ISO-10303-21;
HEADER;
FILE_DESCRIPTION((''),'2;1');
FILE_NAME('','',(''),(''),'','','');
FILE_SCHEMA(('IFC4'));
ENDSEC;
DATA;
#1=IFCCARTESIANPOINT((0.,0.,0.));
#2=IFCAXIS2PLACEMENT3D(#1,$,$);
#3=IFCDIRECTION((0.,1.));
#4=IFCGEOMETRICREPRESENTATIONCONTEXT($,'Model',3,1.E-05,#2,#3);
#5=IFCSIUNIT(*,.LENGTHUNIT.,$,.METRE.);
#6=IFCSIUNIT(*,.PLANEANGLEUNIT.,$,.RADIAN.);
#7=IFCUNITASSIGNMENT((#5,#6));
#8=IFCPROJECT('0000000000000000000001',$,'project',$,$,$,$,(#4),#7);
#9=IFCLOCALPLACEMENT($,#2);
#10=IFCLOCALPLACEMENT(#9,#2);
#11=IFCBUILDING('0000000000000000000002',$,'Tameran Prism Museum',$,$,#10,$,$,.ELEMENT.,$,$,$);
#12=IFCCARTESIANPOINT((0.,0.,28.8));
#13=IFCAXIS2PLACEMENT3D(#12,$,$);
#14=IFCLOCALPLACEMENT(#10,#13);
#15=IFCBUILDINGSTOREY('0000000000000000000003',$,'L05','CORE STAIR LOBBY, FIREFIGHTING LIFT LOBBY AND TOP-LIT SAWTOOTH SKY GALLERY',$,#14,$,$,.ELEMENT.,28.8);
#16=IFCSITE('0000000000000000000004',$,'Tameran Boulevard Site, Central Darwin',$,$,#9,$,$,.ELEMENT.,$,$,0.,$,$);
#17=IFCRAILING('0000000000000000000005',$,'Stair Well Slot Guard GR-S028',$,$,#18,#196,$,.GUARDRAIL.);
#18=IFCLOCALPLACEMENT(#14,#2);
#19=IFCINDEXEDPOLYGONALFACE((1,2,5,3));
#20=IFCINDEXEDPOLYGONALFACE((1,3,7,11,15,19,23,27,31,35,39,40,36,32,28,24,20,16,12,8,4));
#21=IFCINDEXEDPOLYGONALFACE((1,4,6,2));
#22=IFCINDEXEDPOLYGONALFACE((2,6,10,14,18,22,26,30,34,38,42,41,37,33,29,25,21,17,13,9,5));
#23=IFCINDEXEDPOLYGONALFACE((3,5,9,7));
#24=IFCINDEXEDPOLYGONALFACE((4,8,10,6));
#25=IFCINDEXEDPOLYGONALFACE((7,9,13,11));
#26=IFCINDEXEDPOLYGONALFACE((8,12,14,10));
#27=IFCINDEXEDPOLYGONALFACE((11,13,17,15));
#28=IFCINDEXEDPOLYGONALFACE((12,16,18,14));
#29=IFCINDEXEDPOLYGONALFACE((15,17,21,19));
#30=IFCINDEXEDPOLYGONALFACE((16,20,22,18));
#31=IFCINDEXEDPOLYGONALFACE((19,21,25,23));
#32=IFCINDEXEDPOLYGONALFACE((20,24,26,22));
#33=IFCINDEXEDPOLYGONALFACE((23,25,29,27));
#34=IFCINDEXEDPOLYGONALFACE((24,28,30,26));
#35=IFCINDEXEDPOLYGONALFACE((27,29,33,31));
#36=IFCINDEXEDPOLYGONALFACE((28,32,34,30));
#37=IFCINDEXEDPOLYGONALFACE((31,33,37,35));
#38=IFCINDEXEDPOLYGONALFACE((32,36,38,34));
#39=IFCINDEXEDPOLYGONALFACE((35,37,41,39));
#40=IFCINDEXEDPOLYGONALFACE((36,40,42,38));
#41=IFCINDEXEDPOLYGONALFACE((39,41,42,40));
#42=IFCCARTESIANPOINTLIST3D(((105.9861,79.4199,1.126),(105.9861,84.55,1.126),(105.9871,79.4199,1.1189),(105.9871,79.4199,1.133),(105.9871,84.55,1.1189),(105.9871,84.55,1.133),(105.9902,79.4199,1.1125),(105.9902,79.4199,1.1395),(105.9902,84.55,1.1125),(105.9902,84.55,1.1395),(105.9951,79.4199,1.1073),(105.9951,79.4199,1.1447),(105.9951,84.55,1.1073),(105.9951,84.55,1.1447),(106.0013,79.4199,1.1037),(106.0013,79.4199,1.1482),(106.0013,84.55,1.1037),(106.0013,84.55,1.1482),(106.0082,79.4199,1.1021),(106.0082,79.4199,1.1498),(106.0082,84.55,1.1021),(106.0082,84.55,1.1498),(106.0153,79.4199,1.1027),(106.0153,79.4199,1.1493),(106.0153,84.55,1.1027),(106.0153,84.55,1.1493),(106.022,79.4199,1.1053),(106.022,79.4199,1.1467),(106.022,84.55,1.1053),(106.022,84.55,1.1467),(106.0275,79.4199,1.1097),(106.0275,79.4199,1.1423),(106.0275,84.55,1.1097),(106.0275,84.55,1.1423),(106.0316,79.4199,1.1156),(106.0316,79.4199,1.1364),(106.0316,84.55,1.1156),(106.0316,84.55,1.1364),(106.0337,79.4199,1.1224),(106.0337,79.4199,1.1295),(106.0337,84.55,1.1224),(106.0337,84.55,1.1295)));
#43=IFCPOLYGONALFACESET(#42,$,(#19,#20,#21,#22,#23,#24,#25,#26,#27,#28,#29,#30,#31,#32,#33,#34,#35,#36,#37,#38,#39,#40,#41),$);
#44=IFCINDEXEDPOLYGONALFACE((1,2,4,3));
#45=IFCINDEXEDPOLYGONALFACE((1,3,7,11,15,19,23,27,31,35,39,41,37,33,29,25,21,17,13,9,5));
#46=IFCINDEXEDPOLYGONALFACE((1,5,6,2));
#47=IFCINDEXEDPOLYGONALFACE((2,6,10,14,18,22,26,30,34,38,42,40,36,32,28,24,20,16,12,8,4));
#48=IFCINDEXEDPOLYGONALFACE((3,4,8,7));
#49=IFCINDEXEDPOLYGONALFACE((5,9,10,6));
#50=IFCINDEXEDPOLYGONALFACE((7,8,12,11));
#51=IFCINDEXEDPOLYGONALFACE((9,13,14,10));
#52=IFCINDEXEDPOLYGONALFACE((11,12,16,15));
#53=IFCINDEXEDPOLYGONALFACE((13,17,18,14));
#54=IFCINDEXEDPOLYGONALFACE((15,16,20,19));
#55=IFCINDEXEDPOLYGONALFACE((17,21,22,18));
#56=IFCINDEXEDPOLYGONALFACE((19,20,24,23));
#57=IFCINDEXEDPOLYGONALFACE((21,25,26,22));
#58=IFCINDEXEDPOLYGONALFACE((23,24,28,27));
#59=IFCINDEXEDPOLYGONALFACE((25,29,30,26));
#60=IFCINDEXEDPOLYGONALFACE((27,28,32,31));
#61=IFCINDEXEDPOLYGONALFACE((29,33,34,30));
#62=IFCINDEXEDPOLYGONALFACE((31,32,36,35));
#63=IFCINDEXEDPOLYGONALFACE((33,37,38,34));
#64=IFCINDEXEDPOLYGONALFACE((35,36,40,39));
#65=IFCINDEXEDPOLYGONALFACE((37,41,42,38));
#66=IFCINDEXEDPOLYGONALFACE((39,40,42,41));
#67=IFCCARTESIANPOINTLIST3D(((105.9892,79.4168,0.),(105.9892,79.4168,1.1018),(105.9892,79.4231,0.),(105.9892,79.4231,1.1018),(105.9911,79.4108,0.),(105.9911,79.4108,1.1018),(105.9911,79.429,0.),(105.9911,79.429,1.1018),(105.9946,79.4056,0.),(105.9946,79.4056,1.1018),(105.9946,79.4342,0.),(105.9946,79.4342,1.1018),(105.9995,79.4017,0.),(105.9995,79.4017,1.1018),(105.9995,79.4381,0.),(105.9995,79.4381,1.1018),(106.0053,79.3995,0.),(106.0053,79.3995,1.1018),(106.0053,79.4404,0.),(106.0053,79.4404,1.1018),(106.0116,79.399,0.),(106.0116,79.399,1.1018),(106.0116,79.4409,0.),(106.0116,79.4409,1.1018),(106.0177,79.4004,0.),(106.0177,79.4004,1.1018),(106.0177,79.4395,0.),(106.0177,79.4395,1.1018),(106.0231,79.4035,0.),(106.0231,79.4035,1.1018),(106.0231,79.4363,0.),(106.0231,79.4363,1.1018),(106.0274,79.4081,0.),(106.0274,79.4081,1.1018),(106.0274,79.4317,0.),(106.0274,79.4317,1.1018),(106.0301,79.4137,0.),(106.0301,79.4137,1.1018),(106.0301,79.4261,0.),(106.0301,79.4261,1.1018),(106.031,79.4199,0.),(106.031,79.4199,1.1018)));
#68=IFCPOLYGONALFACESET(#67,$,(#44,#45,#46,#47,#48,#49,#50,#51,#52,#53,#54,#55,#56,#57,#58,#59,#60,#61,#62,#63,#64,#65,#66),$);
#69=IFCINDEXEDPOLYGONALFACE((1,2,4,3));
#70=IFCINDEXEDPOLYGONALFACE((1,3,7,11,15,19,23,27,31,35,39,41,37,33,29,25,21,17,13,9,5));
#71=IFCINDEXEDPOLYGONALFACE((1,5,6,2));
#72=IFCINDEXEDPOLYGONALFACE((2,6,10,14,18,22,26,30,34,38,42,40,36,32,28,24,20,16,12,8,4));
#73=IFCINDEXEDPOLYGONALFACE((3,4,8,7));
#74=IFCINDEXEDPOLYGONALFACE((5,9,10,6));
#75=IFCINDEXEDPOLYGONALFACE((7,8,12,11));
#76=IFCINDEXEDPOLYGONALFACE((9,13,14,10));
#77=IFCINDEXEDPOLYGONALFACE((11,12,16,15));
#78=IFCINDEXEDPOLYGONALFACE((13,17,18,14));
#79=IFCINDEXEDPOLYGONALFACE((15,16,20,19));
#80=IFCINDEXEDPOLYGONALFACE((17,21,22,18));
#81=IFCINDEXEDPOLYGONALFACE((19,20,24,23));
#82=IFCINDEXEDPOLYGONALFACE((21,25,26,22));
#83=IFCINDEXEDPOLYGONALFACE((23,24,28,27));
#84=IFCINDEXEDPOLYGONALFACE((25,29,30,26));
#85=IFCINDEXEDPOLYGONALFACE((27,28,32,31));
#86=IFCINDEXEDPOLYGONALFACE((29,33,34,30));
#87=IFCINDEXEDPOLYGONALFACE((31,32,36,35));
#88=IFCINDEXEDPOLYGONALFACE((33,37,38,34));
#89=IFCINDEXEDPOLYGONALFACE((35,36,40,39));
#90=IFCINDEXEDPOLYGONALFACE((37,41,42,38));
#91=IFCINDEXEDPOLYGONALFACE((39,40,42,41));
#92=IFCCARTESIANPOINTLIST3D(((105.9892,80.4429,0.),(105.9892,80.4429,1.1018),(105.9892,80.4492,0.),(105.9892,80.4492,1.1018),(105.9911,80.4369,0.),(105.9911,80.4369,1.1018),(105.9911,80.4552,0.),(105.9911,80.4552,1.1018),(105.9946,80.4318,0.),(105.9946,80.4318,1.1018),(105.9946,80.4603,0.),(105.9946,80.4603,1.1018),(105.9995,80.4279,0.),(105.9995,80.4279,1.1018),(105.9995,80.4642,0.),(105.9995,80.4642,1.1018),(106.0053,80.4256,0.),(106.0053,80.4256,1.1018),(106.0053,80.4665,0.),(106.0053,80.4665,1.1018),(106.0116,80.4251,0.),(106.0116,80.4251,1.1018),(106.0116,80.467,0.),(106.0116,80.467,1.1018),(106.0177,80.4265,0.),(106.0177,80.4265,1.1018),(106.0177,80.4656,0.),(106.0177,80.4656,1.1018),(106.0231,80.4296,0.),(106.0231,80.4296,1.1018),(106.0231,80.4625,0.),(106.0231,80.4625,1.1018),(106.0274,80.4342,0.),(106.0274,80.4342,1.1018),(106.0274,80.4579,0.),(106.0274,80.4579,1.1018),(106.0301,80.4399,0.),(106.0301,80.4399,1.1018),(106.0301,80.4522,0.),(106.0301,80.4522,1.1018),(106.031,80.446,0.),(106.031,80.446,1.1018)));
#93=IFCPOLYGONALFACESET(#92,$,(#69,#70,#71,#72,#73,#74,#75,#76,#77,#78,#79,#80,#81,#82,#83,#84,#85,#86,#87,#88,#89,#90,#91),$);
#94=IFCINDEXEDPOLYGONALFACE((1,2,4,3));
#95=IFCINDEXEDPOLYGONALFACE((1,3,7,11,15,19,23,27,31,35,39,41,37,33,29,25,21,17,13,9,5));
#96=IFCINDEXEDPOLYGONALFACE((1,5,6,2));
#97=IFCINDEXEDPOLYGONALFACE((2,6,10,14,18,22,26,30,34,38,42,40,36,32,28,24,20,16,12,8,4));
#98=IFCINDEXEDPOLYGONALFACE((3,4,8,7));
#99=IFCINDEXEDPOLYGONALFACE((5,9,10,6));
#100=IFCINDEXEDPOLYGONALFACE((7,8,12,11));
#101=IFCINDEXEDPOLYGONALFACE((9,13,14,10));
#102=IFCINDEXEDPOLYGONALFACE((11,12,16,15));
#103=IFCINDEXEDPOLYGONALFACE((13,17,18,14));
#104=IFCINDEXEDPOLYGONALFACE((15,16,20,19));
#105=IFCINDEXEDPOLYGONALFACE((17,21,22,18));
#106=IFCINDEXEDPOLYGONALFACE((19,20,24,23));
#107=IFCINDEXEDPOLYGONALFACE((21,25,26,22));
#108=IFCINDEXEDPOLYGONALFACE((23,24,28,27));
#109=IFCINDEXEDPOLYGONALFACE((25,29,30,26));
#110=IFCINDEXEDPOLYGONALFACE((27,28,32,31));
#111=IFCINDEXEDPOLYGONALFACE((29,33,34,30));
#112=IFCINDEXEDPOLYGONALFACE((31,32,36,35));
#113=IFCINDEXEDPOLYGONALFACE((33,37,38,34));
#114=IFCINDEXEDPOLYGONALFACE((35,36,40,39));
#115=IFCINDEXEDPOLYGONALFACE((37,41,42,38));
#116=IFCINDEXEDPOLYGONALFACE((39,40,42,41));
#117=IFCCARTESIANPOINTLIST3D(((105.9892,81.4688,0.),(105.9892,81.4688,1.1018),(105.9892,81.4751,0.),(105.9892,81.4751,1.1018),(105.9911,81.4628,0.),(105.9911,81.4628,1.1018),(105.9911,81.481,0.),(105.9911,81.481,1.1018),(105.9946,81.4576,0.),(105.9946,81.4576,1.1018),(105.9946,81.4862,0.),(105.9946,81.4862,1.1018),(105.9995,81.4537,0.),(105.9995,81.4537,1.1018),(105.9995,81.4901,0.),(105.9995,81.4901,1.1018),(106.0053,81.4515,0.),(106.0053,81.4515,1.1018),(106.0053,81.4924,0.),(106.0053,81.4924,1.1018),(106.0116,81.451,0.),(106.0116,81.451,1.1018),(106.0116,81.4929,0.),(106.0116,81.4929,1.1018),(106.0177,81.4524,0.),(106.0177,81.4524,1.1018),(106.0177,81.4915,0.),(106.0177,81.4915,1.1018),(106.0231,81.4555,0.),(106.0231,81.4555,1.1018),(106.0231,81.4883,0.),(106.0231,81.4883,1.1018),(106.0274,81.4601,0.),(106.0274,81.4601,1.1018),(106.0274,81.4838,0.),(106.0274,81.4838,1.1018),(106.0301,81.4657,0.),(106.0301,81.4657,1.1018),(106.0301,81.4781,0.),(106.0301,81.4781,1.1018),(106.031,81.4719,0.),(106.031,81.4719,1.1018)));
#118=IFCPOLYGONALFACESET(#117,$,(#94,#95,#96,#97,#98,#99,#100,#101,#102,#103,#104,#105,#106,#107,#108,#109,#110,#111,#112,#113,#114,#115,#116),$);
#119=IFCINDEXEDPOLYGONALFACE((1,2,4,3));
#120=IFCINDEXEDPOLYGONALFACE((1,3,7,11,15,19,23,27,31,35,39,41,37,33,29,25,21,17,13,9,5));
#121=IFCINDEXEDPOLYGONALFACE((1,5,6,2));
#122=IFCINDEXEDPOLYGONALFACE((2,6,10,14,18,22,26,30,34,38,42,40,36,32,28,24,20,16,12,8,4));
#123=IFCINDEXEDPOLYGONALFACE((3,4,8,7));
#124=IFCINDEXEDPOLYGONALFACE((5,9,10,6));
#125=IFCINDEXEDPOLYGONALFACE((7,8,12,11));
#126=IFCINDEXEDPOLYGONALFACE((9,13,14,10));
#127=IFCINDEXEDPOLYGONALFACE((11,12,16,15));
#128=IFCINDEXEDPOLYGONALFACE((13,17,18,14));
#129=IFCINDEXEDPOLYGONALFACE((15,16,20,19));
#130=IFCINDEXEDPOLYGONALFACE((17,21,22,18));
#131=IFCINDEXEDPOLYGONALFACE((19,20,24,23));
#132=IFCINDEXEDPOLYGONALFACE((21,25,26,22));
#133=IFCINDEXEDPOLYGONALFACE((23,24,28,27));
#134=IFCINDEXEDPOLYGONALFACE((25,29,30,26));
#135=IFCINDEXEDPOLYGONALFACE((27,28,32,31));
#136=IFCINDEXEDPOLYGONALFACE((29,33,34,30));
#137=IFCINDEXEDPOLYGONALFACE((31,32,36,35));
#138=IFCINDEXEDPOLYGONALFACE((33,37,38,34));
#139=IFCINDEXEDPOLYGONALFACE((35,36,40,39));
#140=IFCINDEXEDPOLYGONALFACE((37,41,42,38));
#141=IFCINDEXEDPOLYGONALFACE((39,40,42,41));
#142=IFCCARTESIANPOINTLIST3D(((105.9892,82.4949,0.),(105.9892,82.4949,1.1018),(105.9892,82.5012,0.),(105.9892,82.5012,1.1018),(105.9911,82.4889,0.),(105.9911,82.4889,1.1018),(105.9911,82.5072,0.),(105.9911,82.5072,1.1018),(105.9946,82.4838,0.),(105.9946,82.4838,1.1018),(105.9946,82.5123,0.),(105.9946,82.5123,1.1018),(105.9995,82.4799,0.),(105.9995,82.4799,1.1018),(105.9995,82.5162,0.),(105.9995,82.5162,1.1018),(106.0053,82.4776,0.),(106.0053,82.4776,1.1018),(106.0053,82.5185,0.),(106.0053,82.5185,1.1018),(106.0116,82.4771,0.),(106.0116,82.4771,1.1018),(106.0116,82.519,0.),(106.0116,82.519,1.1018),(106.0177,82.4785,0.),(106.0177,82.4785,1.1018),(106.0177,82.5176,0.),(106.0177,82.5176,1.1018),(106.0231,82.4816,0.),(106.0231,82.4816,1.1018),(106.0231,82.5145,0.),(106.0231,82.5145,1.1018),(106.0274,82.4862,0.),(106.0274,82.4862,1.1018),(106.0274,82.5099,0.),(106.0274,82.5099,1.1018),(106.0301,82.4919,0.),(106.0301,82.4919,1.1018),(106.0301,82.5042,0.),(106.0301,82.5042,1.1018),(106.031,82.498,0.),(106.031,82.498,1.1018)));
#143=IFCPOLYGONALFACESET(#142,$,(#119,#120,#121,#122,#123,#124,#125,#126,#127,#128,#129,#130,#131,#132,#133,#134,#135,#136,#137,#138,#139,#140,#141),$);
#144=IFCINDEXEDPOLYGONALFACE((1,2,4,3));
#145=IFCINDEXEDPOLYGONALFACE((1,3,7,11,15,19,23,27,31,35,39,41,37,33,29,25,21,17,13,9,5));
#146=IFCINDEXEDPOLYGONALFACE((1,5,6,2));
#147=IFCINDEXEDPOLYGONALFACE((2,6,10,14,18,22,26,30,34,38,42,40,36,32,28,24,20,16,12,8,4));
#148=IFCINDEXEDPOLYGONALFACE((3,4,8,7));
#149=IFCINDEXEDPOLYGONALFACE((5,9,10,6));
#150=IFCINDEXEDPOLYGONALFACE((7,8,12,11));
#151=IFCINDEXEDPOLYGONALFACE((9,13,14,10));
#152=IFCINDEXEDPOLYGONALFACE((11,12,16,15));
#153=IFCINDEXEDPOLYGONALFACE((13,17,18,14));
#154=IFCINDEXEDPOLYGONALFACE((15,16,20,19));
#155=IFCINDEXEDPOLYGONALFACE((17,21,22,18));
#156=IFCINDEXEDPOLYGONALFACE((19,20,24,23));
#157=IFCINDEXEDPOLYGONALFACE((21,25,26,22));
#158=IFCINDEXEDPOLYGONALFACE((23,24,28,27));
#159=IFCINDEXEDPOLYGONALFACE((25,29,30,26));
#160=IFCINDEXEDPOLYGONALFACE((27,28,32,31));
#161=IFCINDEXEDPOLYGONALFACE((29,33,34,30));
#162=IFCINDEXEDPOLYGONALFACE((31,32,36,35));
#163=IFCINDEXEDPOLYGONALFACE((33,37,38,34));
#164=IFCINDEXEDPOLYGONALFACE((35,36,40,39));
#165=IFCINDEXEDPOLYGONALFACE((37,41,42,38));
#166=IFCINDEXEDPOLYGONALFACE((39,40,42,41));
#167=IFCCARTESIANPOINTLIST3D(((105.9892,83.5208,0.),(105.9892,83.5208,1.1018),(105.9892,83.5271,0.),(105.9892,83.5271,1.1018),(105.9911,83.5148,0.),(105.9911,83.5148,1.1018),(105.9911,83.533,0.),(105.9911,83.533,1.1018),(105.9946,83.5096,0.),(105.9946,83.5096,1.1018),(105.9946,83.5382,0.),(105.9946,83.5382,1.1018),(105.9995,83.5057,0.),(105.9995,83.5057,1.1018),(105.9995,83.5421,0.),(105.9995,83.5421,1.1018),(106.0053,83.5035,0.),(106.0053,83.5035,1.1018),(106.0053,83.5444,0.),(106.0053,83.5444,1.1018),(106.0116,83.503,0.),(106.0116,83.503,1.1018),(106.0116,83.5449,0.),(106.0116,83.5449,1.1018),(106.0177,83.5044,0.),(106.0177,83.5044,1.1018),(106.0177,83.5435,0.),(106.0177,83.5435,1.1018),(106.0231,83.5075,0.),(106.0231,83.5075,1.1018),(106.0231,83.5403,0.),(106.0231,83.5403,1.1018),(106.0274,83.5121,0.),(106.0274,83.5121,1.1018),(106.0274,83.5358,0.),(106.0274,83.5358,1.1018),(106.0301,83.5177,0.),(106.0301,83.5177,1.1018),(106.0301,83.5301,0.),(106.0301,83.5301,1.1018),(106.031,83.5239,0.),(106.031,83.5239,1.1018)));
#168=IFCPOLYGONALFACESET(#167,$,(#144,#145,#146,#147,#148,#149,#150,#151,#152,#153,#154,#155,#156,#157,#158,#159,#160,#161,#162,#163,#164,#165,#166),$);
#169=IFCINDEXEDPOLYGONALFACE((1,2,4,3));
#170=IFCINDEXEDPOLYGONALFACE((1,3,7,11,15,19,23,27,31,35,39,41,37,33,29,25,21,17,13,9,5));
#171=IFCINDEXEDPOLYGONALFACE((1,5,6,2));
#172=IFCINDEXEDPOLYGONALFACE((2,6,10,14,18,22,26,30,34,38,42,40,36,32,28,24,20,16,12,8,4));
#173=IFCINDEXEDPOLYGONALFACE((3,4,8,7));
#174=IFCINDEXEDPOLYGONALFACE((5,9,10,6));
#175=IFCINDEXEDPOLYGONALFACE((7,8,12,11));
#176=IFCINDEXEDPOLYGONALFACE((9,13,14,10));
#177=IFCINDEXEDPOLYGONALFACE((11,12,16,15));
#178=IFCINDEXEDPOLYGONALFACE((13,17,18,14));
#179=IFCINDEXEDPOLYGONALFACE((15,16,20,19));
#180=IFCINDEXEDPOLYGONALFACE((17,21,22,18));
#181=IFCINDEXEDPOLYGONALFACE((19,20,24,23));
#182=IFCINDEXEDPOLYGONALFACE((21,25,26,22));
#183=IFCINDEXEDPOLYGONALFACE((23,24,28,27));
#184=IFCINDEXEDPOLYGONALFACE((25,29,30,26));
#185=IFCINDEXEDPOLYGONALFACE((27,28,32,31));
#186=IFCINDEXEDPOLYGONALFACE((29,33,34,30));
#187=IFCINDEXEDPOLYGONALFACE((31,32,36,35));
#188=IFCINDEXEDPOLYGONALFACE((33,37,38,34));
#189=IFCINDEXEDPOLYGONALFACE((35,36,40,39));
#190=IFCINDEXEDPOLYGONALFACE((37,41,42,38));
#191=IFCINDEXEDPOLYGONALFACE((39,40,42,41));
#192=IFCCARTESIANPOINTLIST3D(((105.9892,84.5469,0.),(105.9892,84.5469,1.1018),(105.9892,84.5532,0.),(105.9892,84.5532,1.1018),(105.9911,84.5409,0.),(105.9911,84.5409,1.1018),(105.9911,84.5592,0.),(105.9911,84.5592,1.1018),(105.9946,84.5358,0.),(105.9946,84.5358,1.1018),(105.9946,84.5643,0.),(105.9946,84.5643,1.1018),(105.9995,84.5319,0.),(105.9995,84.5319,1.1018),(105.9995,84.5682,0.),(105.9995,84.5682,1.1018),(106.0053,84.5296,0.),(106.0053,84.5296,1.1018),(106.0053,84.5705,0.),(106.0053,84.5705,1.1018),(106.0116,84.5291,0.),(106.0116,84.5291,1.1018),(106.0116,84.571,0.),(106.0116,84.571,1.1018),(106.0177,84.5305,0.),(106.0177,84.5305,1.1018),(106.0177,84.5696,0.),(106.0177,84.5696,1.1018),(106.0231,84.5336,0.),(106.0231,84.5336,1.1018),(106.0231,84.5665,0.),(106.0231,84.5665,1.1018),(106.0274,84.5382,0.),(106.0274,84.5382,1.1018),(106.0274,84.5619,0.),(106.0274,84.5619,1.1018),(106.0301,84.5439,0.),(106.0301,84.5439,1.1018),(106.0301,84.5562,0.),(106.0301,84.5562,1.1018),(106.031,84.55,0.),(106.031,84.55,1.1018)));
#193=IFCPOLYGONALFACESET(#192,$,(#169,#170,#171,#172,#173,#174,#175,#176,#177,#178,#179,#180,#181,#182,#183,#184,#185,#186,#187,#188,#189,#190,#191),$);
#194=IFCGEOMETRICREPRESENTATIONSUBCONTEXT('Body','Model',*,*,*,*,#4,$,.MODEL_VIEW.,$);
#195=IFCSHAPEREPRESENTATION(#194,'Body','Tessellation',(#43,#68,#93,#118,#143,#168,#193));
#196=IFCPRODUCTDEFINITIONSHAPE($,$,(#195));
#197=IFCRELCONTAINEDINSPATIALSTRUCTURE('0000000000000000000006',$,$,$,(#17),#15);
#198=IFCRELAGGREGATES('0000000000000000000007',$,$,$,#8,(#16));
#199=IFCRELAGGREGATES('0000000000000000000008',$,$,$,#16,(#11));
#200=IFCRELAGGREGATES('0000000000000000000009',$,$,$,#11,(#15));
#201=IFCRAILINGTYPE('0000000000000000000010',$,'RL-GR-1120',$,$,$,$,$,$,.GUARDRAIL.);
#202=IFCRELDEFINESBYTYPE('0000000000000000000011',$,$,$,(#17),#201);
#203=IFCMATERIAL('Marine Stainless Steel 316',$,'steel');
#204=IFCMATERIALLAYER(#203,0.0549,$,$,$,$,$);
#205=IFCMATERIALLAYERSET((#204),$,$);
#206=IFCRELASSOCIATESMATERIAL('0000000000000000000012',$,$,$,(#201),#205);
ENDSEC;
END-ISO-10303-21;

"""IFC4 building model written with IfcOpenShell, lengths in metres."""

from ifc_helpers import new_model, si_unit, direction, frame, origin, origin_2d, place, context, subcontext, project, spatial, circle, extrude, material, layer, layer_set, type_object, element, save


model = new_model("IFC4")

# Units and contexts
model_context = context("Model", 3, precision=1e-05, world=origin(), true_north=direction((0.0, 1.0)))
body_context = subcontext(model_context, "Body", "Model", "MODEL_VIEW")
ifc_project = project(units=[si_unit("LENGTHUNIT", "METRE"), si_unit("PLANEANGLEUNIT", "RADIAN")], contexts=[model_context])

# Site, building, storey
site_placement = place(None, origin())
site = spatial("IfcSite", under=ifc_project, at=site_placement, Name="Tameran Boulevard Site, Central Darwin", CompositionType="ELEMENT", RefElevation=0.0)
building_placement = place(site_placement, origin())
building = spatial("IfcBuilding", under=site, at=building_placement, Name="Tameran Prism Museum", CompositionType="ELEMENT")
storey_placement = place(building_placement, frame((0.0, 0.0, 28.8)))
storey = spatial("IfcBuildingStorey", under=building, at=storey_placement, Name="L05", Description="CORE STAIR LOBBY, FIREFIGHTING LIFT LOBBY AND TOP-LIT SAWTOOTH SKY GALLERY", CompositionType="ELEMENT", Elevation=28.8)

# Railing
ifc_material_1 = material(Name="Marine Stainless Steel 316", Category="steel")
ifc_layer_1 = layer(ifc_material_1, 0.0549)
ifc_layer_set_1 = layer_set([ifc_layer_1])
railing_type = type_object("IfcRailingType", Name="RL-GR-1120", PredefinedType="GUARDRAIL", material=ifc_layer_set_1)
railing_placement = place(storey_placement, frame((106.01, 79.4199, 0.0)))
element("IfcRailing", 1, at=railing_placement, inside=storey, type_object=railing_type, Name="Stair Well Slot Guard GR-S028", PredefinedType="GUARDRAIL", context=body_context, shape_type="SweptSolid", body=[
    extrude(circle(Radius=0.0239, at=origin_2d()), frame((0.0, 0.0, 1.126), z_axis=(0.0, 1.0, 0.0), x_axis=(-1.0, 0.0, 0.0)), (0.0, 0.0, 1.0), 5.1301),
    extrude(circle(Radius=0.021, at=origin_2d()), origin(), (0.0, 0.0, 1.0), 1.1018),
    extrude(circle(Radius=0.021, at=origin_2d()), frame((0.0, 1.0261, 0.0)), (0.0, 0.0, 1.0), 1.1018),
    extrude(circle(Radius=0.021, at=origin_2d()), frame((0.0, 2.052, 0.0)), (0.0, 0.0, 1.0), 1.1018),
    extrude(circle(Radius=0.021, at=origin_2d()), frame((0.0, 3.0781, 0.0)), (0.0, 0.0, 1.0), 1.1018),
    extrude(circle(Radius=0.021, at=origin_2d()), frame((0.0, 4.104, 0.0)), (0.0, 0.0, 1.0), 1.1018),
    extrude(circle(Radius=0.021, at=origin_2d()), frame((0.0, 5.1301, 0.0)), (0.0, 0.0, 1.0), 1.1018),
])

save(model, "model.ifc")
